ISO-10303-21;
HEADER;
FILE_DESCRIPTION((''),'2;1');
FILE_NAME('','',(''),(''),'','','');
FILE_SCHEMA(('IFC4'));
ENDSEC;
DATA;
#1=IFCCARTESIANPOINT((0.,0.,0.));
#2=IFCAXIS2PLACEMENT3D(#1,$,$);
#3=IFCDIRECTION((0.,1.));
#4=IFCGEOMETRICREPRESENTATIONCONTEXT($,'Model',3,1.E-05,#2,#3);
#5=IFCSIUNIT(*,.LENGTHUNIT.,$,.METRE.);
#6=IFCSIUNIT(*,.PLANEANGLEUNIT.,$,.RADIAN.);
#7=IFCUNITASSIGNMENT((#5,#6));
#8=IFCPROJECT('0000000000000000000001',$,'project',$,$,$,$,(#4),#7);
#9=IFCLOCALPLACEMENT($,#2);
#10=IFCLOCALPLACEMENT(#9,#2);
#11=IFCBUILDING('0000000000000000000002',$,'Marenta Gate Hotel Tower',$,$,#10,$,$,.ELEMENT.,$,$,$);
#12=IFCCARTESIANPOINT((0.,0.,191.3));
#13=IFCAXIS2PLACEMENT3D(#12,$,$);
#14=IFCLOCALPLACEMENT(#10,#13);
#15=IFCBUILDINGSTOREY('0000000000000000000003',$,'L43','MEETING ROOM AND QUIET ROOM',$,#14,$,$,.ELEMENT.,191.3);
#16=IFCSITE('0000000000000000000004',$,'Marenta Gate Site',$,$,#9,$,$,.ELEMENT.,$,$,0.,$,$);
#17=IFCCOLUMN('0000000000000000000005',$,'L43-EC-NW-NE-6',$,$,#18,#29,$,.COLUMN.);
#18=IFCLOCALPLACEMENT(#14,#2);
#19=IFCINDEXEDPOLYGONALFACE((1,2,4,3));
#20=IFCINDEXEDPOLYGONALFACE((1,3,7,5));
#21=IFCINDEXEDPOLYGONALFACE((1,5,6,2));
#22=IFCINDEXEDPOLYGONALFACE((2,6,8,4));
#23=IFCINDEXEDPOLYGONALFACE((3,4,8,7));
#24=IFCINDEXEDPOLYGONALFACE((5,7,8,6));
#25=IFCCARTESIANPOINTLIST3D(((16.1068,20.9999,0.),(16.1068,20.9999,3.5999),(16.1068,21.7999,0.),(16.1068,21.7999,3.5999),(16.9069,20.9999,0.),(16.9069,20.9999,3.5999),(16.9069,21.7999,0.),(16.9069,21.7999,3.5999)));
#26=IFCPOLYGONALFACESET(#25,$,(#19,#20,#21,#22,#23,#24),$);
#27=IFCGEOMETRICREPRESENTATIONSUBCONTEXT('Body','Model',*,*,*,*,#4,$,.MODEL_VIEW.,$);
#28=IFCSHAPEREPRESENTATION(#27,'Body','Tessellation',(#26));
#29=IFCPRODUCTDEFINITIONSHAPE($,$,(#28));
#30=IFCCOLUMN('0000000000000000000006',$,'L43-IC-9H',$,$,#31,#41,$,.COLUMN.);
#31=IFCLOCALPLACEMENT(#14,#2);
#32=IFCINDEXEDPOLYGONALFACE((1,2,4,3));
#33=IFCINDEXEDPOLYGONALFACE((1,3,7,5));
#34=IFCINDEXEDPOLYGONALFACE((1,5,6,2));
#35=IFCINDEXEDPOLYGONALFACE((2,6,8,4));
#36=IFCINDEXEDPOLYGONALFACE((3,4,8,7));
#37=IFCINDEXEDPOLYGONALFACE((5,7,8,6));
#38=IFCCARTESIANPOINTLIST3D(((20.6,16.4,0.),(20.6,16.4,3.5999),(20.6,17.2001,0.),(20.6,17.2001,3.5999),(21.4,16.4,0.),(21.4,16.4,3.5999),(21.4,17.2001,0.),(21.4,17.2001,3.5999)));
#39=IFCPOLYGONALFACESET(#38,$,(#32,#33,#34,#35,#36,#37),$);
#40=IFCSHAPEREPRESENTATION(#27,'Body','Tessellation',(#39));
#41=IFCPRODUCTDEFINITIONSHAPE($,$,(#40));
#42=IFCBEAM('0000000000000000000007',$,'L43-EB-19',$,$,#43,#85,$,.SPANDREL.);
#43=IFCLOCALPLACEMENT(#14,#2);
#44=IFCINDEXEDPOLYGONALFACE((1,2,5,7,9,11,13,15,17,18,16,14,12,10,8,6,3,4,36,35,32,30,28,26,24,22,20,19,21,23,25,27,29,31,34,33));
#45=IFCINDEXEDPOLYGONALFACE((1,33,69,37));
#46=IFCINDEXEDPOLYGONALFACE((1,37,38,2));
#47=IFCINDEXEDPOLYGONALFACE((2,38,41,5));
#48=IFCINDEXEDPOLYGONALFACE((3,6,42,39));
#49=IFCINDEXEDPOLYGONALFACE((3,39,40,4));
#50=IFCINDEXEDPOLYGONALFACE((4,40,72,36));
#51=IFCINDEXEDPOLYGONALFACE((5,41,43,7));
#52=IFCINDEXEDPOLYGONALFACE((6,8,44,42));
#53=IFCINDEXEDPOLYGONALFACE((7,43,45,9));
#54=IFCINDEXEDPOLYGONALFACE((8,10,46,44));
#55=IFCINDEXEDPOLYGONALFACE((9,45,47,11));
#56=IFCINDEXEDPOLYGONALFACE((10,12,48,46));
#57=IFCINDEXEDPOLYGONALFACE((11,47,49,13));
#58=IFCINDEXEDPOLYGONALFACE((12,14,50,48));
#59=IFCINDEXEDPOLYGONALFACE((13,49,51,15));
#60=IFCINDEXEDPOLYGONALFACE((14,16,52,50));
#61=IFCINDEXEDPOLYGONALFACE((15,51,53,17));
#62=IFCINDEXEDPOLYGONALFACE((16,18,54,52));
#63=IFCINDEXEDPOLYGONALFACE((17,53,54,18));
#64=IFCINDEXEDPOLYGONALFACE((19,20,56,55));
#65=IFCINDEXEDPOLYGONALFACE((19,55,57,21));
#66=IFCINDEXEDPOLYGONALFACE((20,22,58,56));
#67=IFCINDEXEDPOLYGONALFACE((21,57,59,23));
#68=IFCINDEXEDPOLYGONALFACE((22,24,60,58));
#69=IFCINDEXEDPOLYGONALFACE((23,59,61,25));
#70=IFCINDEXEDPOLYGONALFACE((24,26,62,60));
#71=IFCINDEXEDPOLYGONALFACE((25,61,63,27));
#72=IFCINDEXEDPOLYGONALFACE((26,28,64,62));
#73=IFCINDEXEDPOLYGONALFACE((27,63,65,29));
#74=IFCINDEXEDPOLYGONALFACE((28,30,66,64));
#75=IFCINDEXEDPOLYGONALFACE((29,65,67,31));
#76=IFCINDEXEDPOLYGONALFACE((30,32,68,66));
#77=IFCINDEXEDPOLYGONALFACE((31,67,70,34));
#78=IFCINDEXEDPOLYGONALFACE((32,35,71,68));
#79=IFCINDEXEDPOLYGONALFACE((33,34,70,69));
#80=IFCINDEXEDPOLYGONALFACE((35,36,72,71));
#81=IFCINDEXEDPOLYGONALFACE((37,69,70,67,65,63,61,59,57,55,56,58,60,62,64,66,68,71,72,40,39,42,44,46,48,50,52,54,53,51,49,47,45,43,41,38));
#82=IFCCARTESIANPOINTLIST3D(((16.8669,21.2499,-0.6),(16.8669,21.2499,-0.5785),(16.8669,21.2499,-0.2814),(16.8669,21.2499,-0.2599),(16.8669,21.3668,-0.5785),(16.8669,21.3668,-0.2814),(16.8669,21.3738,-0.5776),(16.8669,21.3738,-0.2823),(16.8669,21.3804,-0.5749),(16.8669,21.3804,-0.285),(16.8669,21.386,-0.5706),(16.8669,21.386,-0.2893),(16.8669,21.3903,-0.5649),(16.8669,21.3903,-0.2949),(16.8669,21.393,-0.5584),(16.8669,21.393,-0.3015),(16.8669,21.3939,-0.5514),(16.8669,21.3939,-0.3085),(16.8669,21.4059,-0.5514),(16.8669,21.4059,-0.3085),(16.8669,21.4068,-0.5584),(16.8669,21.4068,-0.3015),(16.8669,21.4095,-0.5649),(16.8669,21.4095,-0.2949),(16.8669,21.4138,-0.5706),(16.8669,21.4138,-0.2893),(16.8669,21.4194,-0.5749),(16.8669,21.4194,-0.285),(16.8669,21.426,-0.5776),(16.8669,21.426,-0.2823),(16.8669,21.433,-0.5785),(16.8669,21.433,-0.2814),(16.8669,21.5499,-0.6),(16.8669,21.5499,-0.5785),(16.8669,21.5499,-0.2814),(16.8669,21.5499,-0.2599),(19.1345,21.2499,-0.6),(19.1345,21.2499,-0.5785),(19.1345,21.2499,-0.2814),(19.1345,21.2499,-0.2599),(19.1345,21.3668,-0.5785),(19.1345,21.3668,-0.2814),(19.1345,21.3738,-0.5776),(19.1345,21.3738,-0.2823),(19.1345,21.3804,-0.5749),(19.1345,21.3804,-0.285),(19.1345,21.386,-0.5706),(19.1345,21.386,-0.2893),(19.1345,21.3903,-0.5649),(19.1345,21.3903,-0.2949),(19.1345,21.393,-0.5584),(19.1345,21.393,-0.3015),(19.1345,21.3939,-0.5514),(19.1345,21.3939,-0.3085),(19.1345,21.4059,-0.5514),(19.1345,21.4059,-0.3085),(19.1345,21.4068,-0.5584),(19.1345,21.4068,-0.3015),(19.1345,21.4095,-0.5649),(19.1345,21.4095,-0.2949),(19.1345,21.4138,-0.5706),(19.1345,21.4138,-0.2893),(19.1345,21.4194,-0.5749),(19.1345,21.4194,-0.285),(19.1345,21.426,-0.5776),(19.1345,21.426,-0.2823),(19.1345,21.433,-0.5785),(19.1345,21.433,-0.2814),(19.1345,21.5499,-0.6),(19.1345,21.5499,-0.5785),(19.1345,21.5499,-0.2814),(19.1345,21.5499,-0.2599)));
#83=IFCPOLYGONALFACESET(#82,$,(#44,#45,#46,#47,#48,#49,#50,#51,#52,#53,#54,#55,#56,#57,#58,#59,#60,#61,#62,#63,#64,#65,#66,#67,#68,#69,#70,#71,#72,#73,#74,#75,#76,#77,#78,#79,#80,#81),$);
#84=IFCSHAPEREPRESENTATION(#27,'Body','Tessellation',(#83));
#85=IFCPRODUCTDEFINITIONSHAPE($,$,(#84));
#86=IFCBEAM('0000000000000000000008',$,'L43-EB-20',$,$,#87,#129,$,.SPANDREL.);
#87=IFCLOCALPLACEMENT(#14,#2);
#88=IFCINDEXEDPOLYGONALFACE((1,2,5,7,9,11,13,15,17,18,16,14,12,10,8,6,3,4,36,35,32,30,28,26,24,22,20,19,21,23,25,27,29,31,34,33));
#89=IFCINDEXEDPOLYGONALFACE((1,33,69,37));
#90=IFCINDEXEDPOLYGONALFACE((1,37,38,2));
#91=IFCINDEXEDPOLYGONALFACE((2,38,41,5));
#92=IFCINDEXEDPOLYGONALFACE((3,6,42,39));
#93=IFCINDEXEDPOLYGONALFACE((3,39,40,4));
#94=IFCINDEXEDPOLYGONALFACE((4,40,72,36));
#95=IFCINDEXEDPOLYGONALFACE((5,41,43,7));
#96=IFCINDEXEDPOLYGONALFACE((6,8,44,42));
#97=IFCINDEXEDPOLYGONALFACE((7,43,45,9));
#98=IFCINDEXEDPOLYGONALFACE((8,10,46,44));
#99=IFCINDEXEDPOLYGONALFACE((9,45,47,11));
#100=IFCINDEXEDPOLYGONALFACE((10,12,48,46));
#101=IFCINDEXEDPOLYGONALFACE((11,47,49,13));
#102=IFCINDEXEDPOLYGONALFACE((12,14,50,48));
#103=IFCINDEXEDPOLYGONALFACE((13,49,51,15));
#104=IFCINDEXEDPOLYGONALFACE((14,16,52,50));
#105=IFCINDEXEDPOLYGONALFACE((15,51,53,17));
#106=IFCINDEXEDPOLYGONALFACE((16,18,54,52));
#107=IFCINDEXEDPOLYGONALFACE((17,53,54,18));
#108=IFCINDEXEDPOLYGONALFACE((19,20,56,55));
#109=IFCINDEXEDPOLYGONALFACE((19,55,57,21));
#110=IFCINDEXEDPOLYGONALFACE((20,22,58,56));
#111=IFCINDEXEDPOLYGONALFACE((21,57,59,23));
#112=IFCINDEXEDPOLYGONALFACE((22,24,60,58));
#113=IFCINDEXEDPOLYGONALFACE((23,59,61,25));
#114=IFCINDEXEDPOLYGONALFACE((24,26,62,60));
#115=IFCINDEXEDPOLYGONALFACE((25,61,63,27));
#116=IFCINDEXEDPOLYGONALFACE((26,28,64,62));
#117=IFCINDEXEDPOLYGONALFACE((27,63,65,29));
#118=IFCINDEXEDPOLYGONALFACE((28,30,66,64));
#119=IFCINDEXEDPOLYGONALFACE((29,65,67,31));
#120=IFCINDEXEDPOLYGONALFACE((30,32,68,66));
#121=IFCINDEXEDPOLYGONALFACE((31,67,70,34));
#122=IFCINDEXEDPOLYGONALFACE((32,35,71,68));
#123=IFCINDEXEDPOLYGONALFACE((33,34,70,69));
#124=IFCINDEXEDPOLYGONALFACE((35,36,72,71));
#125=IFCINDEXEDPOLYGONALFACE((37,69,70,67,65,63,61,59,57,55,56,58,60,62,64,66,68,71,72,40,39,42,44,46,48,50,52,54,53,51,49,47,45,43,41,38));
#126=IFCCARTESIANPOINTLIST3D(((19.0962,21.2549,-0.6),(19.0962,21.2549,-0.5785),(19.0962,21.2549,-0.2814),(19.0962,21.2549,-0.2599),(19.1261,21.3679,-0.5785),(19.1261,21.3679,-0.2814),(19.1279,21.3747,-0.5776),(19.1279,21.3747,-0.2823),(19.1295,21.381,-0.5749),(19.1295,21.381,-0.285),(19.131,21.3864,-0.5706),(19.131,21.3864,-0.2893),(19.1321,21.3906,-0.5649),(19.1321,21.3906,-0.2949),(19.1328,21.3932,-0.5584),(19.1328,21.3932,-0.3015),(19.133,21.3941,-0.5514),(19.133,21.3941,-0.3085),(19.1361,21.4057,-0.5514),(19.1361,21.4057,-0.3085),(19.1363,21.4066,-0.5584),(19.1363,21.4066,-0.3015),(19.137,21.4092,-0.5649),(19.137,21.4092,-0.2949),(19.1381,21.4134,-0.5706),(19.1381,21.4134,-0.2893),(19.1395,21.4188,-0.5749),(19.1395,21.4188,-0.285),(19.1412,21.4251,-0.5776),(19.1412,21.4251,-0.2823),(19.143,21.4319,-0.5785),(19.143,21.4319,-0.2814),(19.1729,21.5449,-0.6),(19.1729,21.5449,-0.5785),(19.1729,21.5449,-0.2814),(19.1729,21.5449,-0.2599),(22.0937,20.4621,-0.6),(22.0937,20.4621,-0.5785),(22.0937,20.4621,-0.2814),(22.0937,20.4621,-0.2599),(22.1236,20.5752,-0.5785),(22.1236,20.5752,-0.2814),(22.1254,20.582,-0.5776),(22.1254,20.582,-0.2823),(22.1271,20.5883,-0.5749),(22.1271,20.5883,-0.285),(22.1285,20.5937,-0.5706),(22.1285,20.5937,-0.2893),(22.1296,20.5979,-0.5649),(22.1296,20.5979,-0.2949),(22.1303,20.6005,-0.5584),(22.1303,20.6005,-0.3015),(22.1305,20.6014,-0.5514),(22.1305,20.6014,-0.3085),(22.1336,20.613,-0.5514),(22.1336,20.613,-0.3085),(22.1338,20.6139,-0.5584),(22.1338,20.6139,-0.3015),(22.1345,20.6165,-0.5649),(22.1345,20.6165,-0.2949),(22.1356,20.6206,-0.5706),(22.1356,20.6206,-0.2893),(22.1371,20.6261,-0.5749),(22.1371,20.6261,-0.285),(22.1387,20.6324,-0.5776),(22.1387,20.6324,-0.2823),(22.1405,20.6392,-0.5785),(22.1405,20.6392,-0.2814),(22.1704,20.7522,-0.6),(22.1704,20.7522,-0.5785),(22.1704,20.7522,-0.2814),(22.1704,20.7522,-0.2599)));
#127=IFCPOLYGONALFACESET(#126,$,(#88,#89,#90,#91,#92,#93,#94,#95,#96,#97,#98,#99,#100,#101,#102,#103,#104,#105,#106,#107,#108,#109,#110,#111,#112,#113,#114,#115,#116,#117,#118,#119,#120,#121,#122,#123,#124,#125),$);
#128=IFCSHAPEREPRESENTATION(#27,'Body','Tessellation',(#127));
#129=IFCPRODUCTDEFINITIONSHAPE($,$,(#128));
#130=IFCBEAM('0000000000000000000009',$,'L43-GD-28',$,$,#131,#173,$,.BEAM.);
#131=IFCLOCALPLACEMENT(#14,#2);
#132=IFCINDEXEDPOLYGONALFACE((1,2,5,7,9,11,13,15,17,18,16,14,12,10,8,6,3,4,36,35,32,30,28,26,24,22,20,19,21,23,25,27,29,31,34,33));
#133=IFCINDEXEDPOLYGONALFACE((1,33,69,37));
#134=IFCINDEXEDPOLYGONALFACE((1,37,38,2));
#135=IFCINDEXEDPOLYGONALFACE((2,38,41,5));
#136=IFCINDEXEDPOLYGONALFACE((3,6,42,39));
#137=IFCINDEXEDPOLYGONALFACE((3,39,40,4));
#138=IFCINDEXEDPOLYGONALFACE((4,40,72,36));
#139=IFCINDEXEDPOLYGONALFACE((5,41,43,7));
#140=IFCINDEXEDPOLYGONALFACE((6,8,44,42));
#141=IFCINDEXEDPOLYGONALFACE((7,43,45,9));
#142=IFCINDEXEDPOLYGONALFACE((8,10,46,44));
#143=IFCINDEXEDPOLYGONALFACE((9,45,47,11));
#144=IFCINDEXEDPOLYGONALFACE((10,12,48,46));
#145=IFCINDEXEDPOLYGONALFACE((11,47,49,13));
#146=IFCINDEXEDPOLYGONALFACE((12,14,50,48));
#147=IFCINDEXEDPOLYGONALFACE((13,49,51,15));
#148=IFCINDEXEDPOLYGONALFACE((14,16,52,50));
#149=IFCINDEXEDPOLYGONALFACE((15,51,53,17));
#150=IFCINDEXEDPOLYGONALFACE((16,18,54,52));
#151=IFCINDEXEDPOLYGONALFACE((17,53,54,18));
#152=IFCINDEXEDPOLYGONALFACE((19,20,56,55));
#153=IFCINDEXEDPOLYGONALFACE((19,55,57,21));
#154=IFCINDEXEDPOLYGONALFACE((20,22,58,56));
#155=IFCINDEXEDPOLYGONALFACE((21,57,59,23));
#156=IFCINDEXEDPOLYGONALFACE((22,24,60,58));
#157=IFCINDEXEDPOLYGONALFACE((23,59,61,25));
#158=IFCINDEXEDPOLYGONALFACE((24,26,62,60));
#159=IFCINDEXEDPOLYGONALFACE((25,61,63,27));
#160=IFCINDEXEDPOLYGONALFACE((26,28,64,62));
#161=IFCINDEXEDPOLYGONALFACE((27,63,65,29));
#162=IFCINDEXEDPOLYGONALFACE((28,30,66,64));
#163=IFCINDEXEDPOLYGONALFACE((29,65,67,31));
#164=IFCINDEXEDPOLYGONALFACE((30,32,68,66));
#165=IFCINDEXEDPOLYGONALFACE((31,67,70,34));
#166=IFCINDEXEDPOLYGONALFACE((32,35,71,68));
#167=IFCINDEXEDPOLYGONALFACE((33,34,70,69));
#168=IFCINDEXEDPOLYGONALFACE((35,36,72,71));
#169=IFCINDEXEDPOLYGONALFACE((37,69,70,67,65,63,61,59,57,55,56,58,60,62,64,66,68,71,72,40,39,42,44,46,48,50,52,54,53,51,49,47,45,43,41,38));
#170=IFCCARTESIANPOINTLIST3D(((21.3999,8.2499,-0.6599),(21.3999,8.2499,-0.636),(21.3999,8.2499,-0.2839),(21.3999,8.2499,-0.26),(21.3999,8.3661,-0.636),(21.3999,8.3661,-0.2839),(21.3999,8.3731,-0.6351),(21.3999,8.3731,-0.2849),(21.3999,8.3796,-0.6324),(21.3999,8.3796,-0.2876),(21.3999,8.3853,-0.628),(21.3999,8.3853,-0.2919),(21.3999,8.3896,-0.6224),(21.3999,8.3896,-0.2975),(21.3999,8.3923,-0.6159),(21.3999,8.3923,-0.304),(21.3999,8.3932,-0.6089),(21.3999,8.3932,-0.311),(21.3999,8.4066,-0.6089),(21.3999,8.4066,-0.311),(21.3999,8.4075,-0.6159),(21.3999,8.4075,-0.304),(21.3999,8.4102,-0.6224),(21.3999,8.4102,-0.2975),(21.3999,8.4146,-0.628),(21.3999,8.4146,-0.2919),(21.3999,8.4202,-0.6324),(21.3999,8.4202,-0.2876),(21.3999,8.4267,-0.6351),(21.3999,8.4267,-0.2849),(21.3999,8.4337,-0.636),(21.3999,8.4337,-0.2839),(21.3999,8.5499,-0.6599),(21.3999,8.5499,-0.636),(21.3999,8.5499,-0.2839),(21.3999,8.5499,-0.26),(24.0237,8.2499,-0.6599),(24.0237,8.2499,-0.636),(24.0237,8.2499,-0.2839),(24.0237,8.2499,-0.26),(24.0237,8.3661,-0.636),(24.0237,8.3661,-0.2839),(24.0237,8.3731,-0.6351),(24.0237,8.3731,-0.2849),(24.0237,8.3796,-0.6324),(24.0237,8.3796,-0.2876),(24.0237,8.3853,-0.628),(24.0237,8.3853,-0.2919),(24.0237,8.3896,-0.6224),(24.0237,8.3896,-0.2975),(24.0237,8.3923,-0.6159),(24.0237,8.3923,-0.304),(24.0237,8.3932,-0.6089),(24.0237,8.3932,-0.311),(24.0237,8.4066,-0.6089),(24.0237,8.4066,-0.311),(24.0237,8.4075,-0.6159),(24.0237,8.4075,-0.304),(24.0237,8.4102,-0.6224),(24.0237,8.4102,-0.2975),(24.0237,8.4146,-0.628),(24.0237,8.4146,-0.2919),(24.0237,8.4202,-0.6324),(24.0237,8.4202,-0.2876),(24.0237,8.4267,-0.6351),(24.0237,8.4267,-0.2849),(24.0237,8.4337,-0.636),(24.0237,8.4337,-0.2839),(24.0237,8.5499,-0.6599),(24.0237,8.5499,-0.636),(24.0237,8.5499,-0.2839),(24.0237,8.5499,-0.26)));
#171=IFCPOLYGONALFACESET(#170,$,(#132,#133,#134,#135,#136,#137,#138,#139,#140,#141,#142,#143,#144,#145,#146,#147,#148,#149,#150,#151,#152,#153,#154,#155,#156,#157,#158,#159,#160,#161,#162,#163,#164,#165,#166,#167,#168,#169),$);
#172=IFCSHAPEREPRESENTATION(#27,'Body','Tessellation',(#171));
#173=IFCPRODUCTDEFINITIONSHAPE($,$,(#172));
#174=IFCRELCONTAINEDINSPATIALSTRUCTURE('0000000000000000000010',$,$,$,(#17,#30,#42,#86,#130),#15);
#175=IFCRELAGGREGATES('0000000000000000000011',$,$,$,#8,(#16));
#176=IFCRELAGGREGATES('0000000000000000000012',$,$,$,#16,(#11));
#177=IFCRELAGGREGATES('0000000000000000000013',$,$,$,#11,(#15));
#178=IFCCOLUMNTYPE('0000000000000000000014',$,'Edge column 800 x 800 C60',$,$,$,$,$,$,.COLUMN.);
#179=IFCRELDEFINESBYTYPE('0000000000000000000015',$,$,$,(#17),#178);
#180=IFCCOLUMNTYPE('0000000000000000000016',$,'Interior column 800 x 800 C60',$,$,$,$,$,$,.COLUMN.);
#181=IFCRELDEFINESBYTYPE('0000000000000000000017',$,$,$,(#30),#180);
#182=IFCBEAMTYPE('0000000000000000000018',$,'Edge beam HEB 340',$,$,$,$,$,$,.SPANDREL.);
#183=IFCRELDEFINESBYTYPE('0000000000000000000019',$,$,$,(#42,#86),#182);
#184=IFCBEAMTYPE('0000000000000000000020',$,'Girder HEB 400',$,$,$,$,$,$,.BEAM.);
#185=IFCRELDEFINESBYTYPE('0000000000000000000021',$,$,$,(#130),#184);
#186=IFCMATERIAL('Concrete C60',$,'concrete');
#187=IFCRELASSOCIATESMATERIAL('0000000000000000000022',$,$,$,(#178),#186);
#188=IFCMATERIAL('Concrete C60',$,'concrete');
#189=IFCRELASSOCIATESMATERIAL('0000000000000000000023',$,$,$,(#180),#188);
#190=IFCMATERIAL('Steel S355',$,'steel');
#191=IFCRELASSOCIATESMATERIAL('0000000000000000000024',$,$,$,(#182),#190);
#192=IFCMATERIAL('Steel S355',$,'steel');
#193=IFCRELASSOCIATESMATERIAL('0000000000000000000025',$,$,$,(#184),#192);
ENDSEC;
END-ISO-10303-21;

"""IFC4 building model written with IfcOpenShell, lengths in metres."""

from ifc_helpers import new_model, si_unit, direction, frame, origin, origin_2d, place, context, subcontext, project, spatial, rectangle, i_section, extrude, material, material_profile, profile_set, type_object, element, save


model = new_model("IFC4")

# Units and contexts
model_context = context("Model", 3, precision=1e-05, world=origin(), true_north=direction((0.0, 1.0)))
body_context = subcontext(model_context, "Body", "Model", "MODEL_VIEW")
ifc_project = project(units=[si_unit("LENGTHUNIT", "METRE"), si_unit("PLANEANGLEUNIT", "RADIAN")], contexts=[model_context])

# Site, building, storey
site_placement = place(None, origin())
site = spatial("IfcSite", under=ifc_project, at=site_placement, Name="Marenta Gate Site", CompositionType="ELEMENT", RefElevation=0.0)
building_placement = place(site_placement, origin())
building = spatial("IfcBuilding", under=site, at=building_placement, Name="Marenta Gate Hotel Tower", CompositionType="ELEMENT")
storey_placement = place(building_placement, frame((0.0, 0.0, 191.3)))
storey = spatial("IfcBuildingStorey", under=building, at=storey_placement, Name="L43", Description="MEETING ROOM AND QUIET ROOM", CompositionType="ELEMENT", Elevation=191.3)

# Columns
ifc_material_1 = material(Name="Concrete C60", Category="concrete")
ifc_material_profile_1 = material_profile(ifc_material_1, rectangle(XDim=0.8, YDim=0.8, at=origin_2d()), Name="800 x 800")
ifc_profile_set_1 = profile_set([ifc_material_profile_1], Name="Concrete C60")
column_type_1 = type_object("IfcColumnType", Name="Edge column 800 x 800 C60", PredefinedType="COLUMN", material=ifc_profile_set_1)
column_1_placement = place(storey_placement, frame((16.5068, 21.3999, 0.0), z_axis=(0.0, 0.0, 1.0), x_axis=(1.0, 0.0, 0.0)))
element("IfcColumn", 1, at=column_1_placement, inside=storey, type_object=column_type_1, Name="L43-EC-NW-NE-6", PredefinedType="COLUMN", context=body_context, shape_type="SweptSolid", body=[
    extrude(rectangle(XDim=0.8, YDim=0.8, at=origin_2d()), origin(), (0.0, 0.0, 1.0), 3.5999),
])
ifc_material_2 = material(Name="Concrete C60", Category="concrete")
ifc_material_profile_2 = material_profile(ifc_material_2, rectangle(XDim=0.8, YDim=0.8, at=origin_2d()), Name="800 x 800")
ifc_profile_set_2 = profile_set([ifc_material_profile_2], Name="Concrete C60")
column_type_2 = type_object("IfcColumnType", Name="Interior column 800 x 800 C60", PredefinedType="COLUMN", material=ifc_profile_set_2)
column_2_placement = place(storey_placement, frame((21.0, 16.8, 0.0), z_axis=(0.0, 0.0, 1.0), x_axis=(1.0, 0.0, 0.0)))
element("IfcColumn", 2, at=column_2_placement, inside=storey, type_object=column_type_2, Name="L43-IC-9H", PredefinedType="COLUMN", context=body_context, shape_type="SweptSolid", body=[
    extrude(rectangle(XDim=0.8, YDim=0.8, at=origin_2d()), origin(), (0.0, 0.0, 1.0), 3.5999),
])

# Beams
ifc_material_3 = material(Name="Steel S355", Category="steel")
ifc_material_profile_3 = material_profile(ifc_material_3, i_section(OverallWidth=0.3, OverallDepth=0.3401, WebThickness=0.012, FlangeThickness=0.0215, FilletRadius=0.0271, at=origin_2d()), Name="HEB 340")
ifc_profile_set_3 = profile_set([ifc_material_profile_3], Name="Steel S355")
beam_type_1 = type_object("IfcBeamType", Name="Edge beam HEB 340", PredefinedType="SPANDREL", material=ifc_profile_set_3)
beam_1_placement = place(storey_placement, frame((16.8669, 21.3999, -0.4299), z_axis=(1.0, 0.0, 0.0), x_axis=(0.0, 1.0, 0.0)))
element("IfcBeam", 3, at=beam_1_placement, inside=storey, type_object=beam_type_1, Name="L43-EB-19", PredefinedType="SPANDREL", context=body_context, shape_type="SweptSolid", body=[
    extrude(i_section(OverallWidth=0.3, OverallDepth=0.3401, WebThickness=0.012, FlangeThickness=0.0215, FilletRadius=0.0271, at=origin_2d()), origin(), (0.0, 0.0, 1.0), 2.2676),
])
beam_2_placement = place(storey_placement, frame((19.1345, 21.3999, -0.4299), z_axis=(0.966765, -0.255667, 0.0), x_axis=(0.255667, 0.966765, 0.0)))
element("IfcBeam", 4, at=beam_2_placement, inside=storey, type_object=beam_type_1, Name="L43-EB-20", PredefinedType="SPANDREL", context=body_context, shape_type="SweptSolid", body=[
    extrude(i_section(OverallWidth=0.3, OverallDepth=0.3401, WebThickness=0.012, FlangeThickness=0.0215, FilletRadius=0.0271, at=origin_2d()), origin(), (0.0, 0.0, 1.0), 3.1006),
])
ifc_material_4 = material(Name="Steel S355", Category="steel")
ifc_material_profile_4 = material_profile(ifc_material_4, i_section(OverallWidth=0.3, OverallDepth=0.3999, WebThickness=0.0134, FlangeThickness=0.0239, FilletRadius=0.0271, at=origin_2d()), Name="HEB 400")
ifc_profile_set_4 = profile_set([ifc_material_profile_4], Name="Steel S355")
beam_type_2 = type_object("IfcBeamType", Name="Girder HEB 400", PredefinedType="BEAM", material=ifc_profile_set_4)
beam_3_placement = place(storey_placement, frame((21.3999, 8.3999, -0.46), z_axis=(1.0, 0.0, 0.0), x_axis=(0.0, 1.0, 0.0)))
element("IfcBeam", 5, at=beam_3_placement, inside=storey, type_object=beam_type_2, Name="L43-GD-28", PredefinedType="BEAM", context=body_context, shape_type="SweptSolid", body=[
    extrude(i_section(OverallWidth=0.3, OverallDepth=0.3999, WebThickness=0.0134, FlangeThickness=0.0239, FilletRadius=0.0271, at=origin_2d()), origin(), (0.0, 0.0, 1.0), 2.6238),
])

save(model, "model.ifc")
